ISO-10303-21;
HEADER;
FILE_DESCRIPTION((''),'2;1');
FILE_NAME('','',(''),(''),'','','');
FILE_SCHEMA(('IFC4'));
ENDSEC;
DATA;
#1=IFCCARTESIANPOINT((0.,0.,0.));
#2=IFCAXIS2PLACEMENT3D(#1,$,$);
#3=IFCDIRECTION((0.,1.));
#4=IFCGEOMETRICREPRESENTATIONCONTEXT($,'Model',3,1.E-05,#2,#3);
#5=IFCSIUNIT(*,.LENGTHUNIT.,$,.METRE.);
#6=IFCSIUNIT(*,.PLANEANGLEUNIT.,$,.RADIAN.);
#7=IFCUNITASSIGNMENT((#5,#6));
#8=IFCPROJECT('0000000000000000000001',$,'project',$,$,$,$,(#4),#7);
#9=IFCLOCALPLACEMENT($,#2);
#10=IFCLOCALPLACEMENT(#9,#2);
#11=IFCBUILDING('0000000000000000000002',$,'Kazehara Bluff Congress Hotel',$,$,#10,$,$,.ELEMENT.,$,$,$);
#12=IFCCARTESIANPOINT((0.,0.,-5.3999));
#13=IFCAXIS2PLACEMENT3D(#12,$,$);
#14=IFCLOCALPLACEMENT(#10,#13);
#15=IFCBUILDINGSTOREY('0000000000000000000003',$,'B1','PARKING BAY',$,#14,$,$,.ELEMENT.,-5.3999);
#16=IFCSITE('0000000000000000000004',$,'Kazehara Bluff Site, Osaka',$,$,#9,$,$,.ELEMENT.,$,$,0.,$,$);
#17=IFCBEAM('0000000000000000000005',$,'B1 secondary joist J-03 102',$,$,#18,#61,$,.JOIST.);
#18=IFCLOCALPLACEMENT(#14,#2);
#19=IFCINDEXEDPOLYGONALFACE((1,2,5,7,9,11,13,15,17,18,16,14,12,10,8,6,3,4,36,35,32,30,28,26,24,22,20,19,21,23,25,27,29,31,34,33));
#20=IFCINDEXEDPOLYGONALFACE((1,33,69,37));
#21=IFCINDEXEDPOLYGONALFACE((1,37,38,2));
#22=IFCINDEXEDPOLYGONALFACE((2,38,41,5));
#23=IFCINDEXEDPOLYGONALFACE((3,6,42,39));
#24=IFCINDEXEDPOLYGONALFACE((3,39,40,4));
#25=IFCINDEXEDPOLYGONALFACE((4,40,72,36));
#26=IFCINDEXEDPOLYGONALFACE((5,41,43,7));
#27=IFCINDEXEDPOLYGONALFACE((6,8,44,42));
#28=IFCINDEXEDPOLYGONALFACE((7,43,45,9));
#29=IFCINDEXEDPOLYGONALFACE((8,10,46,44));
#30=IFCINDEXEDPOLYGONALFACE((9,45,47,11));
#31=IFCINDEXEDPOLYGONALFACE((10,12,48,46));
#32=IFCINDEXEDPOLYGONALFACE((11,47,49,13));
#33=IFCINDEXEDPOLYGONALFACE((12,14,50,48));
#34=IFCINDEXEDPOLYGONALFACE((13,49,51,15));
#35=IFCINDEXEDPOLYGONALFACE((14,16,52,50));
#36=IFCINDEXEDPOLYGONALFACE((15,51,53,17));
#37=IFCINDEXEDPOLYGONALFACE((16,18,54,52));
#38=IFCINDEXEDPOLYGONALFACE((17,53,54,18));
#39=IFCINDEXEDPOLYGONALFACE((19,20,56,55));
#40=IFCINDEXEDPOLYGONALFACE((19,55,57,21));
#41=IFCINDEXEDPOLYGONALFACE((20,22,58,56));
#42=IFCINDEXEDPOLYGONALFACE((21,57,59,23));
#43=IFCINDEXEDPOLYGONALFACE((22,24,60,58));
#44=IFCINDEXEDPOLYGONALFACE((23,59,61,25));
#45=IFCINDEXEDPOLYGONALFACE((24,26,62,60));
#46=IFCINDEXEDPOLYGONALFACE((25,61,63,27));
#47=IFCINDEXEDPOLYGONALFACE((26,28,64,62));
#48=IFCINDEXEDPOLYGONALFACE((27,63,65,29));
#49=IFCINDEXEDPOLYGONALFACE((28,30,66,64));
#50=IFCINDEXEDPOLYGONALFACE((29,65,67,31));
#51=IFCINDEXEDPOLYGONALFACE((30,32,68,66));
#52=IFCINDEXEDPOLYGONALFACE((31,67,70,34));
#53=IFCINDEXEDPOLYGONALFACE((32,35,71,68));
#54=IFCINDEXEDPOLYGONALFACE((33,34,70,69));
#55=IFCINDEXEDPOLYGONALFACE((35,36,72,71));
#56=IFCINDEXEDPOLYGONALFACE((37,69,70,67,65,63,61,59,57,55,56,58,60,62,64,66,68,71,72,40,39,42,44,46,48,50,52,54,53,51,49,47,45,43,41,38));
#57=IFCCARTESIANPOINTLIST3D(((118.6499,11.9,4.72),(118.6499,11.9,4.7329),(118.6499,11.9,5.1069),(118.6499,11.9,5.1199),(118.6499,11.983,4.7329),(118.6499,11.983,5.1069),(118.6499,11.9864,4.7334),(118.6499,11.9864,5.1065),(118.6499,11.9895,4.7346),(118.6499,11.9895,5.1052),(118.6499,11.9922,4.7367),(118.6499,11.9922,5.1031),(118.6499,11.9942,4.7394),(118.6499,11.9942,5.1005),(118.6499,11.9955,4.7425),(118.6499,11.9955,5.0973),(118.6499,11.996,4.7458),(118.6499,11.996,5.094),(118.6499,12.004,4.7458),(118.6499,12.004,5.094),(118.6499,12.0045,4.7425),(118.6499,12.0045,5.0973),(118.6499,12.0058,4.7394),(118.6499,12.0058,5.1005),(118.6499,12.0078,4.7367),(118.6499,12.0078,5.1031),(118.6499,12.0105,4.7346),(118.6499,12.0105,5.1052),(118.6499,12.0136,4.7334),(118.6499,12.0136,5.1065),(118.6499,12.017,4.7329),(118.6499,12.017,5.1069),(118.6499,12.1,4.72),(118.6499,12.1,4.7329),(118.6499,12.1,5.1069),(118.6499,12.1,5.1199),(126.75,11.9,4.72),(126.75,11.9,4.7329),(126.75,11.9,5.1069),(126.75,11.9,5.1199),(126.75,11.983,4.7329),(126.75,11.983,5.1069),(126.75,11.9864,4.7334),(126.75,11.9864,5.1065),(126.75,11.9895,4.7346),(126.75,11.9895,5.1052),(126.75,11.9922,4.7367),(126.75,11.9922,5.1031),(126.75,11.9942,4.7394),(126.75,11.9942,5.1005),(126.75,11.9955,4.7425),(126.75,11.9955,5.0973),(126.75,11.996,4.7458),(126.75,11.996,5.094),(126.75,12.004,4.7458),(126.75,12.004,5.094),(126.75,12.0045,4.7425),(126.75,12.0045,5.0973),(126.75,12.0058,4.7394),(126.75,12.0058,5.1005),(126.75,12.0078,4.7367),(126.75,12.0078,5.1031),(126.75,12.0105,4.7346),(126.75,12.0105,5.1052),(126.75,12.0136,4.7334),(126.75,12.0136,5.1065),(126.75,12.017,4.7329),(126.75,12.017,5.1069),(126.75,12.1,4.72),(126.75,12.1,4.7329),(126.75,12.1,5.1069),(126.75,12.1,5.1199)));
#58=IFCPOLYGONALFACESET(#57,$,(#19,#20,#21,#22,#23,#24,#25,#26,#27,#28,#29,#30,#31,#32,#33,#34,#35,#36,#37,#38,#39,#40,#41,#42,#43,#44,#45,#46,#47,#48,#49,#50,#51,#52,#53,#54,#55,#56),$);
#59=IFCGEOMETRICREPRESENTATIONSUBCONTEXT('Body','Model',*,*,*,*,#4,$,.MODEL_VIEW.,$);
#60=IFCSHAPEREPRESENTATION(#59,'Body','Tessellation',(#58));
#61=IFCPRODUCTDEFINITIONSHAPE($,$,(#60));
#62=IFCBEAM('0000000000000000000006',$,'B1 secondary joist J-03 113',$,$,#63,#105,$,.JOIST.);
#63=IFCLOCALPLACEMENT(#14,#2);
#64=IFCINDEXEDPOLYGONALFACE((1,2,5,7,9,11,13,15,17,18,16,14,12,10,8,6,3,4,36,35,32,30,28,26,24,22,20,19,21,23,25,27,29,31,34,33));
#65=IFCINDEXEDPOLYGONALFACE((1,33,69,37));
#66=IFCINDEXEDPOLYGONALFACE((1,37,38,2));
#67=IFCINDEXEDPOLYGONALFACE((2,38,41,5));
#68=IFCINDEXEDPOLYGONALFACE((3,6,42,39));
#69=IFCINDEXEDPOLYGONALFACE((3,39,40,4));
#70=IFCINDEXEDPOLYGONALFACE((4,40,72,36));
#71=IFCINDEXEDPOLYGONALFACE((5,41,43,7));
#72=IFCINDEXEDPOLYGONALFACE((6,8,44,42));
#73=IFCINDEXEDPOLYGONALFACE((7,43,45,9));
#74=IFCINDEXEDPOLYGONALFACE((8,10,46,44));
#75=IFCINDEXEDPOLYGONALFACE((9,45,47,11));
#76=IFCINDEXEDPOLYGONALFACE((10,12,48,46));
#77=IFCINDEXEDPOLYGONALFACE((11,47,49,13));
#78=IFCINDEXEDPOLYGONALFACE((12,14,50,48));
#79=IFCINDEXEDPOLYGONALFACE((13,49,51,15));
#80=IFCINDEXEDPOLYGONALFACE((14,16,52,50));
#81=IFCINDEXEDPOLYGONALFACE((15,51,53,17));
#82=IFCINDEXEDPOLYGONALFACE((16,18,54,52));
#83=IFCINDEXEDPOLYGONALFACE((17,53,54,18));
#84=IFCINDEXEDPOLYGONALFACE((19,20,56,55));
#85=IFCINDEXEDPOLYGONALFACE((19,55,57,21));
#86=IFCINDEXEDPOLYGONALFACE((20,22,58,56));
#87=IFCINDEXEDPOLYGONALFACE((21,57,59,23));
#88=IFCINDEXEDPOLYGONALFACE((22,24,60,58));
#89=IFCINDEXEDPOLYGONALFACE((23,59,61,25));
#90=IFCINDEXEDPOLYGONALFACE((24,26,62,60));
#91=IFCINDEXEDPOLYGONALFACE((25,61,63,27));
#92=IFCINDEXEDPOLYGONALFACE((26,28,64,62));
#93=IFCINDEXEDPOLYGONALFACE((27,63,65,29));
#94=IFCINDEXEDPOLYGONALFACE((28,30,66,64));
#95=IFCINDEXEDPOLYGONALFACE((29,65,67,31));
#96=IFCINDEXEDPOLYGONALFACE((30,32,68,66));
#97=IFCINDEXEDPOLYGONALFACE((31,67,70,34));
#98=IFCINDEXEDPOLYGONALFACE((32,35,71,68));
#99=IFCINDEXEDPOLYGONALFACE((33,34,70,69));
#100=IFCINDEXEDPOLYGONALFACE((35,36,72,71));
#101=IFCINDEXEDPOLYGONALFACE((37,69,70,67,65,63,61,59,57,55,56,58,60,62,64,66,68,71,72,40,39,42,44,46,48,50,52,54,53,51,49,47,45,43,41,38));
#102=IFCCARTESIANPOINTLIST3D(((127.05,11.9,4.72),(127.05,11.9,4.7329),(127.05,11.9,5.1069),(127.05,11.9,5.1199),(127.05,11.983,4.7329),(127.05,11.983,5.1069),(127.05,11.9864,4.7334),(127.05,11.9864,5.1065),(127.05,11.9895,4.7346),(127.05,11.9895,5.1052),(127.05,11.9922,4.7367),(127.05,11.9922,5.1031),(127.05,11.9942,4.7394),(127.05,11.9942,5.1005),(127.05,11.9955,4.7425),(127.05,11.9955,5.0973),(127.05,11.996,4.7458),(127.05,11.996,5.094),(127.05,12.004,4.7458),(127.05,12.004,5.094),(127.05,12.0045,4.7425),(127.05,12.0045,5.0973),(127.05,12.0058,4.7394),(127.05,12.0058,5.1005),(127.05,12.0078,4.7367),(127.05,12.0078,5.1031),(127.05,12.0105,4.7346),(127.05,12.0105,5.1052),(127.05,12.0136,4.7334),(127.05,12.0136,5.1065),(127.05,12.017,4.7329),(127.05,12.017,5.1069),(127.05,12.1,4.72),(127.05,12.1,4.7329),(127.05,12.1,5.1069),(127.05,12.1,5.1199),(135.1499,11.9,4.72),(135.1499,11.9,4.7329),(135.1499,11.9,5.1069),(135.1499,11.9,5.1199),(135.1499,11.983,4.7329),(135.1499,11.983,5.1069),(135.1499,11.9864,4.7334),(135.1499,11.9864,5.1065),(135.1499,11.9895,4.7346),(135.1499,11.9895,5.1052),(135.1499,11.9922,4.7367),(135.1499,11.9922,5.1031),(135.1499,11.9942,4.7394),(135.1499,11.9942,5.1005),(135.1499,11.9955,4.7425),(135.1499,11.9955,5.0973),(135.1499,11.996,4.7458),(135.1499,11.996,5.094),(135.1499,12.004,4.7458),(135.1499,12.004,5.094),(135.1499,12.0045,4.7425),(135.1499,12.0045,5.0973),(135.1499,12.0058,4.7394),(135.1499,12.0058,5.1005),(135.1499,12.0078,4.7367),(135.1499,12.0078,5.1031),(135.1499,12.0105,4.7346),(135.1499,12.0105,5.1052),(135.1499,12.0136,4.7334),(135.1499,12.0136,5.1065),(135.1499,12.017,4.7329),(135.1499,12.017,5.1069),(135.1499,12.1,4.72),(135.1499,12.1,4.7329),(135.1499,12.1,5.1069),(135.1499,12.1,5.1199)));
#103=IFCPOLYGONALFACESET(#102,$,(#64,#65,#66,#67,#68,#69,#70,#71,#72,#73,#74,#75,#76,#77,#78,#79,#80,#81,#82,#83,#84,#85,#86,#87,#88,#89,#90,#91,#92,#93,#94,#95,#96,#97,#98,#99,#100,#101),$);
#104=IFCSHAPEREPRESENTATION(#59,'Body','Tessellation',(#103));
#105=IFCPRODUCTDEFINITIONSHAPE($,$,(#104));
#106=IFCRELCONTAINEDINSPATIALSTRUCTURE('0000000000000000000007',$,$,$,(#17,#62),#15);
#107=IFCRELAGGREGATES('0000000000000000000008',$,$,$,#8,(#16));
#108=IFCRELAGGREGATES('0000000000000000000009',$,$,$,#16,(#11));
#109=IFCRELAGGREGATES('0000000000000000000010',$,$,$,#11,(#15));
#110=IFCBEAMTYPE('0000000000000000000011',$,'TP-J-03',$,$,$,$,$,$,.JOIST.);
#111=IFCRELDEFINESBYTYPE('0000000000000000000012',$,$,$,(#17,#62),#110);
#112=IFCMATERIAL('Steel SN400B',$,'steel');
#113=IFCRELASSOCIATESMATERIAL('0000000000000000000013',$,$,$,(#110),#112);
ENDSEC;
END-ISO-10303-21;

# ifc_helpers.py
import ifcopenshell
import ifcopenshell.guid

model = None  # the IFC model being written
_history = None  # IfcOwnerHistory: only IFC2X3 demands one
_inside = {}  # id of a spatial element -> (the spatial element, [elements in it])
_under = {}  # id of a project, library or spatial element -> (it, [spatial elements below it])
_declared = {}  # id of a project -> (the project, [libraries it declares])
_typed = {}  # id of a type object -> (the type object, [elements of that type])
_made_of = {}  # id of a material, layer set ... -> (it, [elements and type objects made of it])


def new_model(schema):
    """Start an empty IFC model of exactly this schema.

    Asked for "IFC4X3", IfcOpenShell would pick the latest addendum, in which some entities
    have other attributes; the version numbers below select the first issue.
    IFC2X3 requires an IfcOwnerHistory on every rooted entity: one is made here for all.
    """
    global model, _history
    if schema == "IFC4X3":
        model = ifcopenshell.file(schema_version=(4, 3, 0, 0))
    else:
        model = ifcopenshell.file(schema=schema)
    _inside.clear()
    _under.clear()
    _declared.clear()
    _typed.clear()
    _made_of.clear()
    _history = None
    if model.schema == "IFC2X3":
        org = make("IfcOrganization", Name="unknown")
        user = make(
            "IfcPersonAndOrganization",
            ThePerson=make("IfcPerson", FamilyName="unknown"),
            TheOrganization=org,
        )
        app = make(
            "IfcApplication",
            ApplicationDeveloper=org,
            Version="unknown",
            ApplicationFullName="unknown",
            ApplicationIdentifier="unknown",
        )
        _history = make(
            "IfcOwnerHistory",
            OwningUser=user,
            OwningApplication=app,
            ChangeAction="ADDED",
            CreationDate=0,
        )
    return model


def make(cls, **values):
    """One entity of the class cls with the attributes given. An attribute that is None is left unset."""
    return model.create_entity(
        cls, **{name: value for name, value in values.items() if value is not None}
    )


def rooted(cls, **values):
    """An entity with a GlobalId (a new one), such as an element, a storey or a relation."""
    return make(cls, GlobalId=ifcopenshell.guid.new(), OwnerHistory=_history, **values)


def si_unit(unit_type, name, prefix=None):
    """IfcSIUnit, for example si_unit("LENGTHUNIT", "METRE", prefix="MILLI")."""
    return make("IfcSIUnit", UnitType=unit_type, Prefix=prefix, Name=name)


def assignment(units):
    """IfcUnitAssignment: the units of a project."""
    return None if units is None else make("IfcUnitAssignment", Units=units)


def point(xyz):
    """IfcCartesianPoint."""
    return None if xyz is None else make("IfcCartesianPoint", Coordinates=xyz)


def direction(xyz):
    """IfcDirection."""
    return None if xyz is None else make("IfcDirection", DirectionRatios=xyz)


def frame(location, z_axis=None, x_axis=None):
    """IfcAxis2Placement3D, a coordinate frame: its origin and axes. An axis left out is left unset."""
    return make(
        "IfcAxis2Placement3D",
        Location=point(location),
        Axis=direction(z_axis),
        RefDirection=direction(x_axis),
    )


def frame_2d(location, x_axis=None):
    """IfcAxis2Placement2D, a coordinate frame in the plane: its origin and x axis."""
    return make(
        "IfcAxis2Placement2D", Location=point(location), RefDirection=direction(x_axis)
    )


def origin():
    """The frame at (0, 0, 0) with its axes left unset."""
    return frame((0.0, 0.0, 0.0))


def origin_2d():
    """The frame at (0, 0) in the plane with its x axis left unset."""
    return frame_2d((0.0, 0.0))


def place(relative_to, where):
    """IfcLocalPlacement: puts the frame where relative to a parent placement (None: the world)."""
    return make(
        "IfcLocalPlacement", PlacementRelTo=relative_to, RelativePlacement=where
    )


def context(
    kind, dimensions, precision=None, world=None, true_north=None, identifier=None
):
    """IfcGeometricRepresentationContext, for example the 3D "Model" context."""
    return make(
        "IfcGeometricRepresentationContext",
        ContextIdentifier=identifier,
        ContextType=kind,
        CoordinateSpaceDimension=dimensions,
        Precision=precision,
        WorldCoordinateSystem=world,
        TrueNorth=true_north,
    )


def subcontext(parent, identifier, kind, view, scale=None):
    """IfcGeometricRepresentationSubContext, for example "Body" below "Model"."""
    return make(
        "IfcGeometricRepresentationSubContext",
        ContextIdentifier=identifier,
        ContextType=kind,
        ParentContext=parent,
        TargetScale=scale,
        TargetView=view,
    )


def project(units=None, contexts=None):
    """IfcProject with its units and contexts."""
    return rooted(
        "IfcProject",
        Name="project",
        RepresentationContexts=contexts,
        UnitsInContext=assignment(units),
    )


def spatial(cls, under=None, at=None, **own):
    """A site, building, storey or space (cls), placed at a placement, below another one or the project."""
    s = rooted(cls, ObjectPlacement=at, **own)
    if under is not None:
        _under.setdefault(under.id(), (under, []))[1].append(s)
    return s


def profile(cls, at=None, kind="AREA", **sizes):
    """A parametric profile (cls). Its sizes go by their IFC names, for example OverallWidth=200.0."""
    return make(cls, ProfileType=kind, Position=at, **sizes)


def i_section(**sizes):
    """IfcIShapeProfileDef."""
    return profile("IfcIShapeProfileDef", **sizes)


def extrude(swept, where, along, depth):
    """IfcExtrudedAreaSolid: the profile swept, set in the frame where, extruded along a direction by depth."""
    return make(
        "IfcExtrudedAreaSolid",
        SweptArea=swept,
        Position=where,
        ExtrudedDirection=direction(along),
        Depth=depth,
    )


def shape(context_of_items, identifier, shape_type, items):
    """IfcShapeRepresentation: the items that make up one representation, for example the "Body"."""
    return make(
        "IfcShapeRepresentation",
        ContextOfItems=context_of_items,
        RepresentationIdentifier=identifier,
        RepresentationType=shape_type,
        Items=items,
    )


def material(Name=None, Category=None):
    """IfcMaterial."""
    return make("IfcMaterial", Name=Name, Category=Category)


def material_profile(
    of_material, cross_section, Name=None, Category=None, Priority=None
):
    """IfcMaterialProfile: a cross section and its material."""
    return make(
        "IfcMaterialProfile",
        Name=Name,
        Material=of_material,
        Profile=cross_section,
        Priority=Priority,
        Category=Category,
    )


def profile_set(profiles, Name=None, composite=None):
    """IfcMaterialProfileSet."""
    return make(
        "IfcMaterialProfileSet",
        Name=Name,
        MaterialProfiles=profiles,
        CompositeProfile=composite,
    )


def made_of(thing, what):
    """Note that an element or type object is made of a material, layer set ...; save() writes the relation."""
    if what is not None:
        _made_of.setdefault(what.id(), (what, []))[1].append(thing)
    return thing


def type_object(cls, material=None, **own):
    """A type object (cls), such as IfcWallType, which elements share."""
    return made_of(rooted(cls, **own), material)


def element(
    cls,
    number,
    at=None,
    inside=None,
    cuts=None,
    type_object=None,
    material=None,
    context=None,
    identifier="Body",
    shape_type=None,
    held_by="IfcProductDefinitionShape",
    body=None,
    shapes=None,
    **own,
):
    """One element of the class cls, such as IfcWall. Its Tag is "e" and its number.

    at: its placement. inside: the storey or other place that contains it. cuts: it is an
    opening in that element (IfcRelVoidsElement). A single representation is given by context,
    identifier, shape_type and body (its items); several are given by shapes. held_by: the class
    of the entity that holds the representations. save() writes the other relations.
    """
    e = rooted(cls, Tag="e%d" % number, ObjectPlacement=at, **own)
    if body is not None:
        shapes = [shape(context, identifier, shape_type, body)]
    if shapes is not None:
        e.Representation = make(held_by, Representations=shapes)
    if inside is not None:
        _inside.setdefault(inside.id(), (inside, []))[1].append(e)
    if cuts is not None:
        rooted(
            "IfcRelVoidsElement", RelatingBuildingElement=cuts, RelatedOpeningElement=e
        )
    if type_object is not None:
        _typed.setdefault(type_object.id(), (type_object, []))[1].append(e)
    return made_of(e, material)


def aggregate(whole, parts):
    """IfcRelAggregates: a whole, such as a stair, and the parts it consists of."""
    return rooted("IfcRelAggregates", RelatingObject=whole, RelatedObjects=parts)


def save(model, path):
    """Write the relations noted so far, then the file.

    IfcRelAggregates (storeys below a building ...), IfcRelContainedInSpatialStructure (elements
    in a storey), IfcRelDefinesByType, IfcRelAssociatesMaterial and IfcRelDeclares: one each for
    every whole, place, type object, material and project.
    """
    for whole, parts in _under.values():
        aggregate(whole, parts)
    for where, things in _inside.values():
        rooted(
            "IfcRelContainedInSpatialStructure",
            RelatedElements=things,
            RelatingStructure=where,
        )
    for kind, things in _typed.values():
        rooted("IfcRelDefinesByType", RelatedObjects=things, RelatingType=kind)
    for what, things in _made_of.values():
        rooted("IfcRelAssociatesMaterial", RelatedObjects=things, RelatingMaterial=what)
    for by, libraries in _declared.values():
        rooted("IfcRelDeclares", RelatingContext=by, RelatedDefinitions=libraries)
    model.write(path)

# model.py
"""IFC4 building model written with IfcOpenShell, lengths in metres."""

from ifc_helpers import new_model, si_unit, direction, frame, origin, origin_2d, place, context, subcontext, project, spatial, i_section, extrude, material, material_profile, profile_set, type_object, element, save


model = new_model("IFC4")

# Units and contexts
model_context = context("Model", 3, precision=1e-05, world=origin(), true_north=direction((0.0, 1.0)))
body_context = subcontext(model_context, "Body", "Model", "MODEL_VIEW")
ifc_project = project(units=[si_unit("LENGTHUNIT", "METRE"), si_unit("PLANEANGLEUNIT", "RADIAN")], contexts=[model_context])

# Site, building, storey
site_placement = place(None, origin())
site = spatial("IfcSite", under=ifc_project, at=site_placement, Name="Kazehara Bluff Site, Osaka", CompositionType="ELEMENT", RefElevation=0.0)
building_placement = place(site_placement, origin())
building = spatial("IfcBuilding", under=site, at=building_placement, Name="Kazehara Bluff Congress Hotel", CompositionType="ELEMENT")
storey_placement = place(building_placement, frame((0.0, 0.0, -5.3999)))
storey = spatial("IfcBuildingStorey", under=building, at=storey_placement, Name="B1", Description="PARKING BAY", CompositionType="ELEMENT", Elevation=-5.3999)

# Beams
ifc_material_1 = material(Name="Steel SN400B", Category="steel")
ifc_material_profile_1 = material_profile(ifc_material_1, i_section(OverallWidth=0.2, OverallDepth=0.3999, WebThickness=0.0081, FlangeThickness=0.0129, FilletRadius=0.0129, at=origin_2d()))
ifc_profile_set_1 = profile_set([ifc_material_profile_1], Name="Steel SN400B")
beam_type_1 = type_object("IfcBeamType", Name="TP-J-03", PredefinedType="JOIST", material=ifc_profile_set_1)
beam_1_placement = place(storey_placement, frame((118.6499, 12.0, 4.9199), z_axis=(1.0, 0.0, 0.0), x_axis=(0.0, 1.0, 0.0)))
element("IfcBeam", 1, at=beam_1_placement, inside=storey, type_object=beam_type_1, Name="B1 secondary joist J-03 102", PredefinedType="JOIST", context=body_context, shape_type="SweptSolid", body=[
    extrude(i_section(OverallWidth=0.2, OverallDepth=0.3999, WebThickness=0.0081, FlangeThickness=0.0129, FilletRadius=0.0129, at=origin_2d()), origin(), (0.0, 0.0, 1.0), 8.1001),
])
beam_2_placement = place(storey_placement, frame((127.05, 12.0, 4.9199), z_axis=(1.0, 0.0, 0.0), x_axis=(0.0, 1.0, 0.0)))
element("IfcBeam", 2, at=beam_2_placement, inside=storey, type_object=beam_type_1, Name="B1 secondary joist J-03 113", PredefinedType="JOIST", context=body_context, shape_type="SweptSolid", body=[
    extrude(i_section(OverallWidth=0.2, OverallDepth=0.3999, WebThickness=0.0081, FlangeThickness=0.0129, FilletRadius=0.0129, at=origin_2d()), origin(), (0.0, 0.0, 1.0), 8.0999),
])

save(model, "model.ifc")
